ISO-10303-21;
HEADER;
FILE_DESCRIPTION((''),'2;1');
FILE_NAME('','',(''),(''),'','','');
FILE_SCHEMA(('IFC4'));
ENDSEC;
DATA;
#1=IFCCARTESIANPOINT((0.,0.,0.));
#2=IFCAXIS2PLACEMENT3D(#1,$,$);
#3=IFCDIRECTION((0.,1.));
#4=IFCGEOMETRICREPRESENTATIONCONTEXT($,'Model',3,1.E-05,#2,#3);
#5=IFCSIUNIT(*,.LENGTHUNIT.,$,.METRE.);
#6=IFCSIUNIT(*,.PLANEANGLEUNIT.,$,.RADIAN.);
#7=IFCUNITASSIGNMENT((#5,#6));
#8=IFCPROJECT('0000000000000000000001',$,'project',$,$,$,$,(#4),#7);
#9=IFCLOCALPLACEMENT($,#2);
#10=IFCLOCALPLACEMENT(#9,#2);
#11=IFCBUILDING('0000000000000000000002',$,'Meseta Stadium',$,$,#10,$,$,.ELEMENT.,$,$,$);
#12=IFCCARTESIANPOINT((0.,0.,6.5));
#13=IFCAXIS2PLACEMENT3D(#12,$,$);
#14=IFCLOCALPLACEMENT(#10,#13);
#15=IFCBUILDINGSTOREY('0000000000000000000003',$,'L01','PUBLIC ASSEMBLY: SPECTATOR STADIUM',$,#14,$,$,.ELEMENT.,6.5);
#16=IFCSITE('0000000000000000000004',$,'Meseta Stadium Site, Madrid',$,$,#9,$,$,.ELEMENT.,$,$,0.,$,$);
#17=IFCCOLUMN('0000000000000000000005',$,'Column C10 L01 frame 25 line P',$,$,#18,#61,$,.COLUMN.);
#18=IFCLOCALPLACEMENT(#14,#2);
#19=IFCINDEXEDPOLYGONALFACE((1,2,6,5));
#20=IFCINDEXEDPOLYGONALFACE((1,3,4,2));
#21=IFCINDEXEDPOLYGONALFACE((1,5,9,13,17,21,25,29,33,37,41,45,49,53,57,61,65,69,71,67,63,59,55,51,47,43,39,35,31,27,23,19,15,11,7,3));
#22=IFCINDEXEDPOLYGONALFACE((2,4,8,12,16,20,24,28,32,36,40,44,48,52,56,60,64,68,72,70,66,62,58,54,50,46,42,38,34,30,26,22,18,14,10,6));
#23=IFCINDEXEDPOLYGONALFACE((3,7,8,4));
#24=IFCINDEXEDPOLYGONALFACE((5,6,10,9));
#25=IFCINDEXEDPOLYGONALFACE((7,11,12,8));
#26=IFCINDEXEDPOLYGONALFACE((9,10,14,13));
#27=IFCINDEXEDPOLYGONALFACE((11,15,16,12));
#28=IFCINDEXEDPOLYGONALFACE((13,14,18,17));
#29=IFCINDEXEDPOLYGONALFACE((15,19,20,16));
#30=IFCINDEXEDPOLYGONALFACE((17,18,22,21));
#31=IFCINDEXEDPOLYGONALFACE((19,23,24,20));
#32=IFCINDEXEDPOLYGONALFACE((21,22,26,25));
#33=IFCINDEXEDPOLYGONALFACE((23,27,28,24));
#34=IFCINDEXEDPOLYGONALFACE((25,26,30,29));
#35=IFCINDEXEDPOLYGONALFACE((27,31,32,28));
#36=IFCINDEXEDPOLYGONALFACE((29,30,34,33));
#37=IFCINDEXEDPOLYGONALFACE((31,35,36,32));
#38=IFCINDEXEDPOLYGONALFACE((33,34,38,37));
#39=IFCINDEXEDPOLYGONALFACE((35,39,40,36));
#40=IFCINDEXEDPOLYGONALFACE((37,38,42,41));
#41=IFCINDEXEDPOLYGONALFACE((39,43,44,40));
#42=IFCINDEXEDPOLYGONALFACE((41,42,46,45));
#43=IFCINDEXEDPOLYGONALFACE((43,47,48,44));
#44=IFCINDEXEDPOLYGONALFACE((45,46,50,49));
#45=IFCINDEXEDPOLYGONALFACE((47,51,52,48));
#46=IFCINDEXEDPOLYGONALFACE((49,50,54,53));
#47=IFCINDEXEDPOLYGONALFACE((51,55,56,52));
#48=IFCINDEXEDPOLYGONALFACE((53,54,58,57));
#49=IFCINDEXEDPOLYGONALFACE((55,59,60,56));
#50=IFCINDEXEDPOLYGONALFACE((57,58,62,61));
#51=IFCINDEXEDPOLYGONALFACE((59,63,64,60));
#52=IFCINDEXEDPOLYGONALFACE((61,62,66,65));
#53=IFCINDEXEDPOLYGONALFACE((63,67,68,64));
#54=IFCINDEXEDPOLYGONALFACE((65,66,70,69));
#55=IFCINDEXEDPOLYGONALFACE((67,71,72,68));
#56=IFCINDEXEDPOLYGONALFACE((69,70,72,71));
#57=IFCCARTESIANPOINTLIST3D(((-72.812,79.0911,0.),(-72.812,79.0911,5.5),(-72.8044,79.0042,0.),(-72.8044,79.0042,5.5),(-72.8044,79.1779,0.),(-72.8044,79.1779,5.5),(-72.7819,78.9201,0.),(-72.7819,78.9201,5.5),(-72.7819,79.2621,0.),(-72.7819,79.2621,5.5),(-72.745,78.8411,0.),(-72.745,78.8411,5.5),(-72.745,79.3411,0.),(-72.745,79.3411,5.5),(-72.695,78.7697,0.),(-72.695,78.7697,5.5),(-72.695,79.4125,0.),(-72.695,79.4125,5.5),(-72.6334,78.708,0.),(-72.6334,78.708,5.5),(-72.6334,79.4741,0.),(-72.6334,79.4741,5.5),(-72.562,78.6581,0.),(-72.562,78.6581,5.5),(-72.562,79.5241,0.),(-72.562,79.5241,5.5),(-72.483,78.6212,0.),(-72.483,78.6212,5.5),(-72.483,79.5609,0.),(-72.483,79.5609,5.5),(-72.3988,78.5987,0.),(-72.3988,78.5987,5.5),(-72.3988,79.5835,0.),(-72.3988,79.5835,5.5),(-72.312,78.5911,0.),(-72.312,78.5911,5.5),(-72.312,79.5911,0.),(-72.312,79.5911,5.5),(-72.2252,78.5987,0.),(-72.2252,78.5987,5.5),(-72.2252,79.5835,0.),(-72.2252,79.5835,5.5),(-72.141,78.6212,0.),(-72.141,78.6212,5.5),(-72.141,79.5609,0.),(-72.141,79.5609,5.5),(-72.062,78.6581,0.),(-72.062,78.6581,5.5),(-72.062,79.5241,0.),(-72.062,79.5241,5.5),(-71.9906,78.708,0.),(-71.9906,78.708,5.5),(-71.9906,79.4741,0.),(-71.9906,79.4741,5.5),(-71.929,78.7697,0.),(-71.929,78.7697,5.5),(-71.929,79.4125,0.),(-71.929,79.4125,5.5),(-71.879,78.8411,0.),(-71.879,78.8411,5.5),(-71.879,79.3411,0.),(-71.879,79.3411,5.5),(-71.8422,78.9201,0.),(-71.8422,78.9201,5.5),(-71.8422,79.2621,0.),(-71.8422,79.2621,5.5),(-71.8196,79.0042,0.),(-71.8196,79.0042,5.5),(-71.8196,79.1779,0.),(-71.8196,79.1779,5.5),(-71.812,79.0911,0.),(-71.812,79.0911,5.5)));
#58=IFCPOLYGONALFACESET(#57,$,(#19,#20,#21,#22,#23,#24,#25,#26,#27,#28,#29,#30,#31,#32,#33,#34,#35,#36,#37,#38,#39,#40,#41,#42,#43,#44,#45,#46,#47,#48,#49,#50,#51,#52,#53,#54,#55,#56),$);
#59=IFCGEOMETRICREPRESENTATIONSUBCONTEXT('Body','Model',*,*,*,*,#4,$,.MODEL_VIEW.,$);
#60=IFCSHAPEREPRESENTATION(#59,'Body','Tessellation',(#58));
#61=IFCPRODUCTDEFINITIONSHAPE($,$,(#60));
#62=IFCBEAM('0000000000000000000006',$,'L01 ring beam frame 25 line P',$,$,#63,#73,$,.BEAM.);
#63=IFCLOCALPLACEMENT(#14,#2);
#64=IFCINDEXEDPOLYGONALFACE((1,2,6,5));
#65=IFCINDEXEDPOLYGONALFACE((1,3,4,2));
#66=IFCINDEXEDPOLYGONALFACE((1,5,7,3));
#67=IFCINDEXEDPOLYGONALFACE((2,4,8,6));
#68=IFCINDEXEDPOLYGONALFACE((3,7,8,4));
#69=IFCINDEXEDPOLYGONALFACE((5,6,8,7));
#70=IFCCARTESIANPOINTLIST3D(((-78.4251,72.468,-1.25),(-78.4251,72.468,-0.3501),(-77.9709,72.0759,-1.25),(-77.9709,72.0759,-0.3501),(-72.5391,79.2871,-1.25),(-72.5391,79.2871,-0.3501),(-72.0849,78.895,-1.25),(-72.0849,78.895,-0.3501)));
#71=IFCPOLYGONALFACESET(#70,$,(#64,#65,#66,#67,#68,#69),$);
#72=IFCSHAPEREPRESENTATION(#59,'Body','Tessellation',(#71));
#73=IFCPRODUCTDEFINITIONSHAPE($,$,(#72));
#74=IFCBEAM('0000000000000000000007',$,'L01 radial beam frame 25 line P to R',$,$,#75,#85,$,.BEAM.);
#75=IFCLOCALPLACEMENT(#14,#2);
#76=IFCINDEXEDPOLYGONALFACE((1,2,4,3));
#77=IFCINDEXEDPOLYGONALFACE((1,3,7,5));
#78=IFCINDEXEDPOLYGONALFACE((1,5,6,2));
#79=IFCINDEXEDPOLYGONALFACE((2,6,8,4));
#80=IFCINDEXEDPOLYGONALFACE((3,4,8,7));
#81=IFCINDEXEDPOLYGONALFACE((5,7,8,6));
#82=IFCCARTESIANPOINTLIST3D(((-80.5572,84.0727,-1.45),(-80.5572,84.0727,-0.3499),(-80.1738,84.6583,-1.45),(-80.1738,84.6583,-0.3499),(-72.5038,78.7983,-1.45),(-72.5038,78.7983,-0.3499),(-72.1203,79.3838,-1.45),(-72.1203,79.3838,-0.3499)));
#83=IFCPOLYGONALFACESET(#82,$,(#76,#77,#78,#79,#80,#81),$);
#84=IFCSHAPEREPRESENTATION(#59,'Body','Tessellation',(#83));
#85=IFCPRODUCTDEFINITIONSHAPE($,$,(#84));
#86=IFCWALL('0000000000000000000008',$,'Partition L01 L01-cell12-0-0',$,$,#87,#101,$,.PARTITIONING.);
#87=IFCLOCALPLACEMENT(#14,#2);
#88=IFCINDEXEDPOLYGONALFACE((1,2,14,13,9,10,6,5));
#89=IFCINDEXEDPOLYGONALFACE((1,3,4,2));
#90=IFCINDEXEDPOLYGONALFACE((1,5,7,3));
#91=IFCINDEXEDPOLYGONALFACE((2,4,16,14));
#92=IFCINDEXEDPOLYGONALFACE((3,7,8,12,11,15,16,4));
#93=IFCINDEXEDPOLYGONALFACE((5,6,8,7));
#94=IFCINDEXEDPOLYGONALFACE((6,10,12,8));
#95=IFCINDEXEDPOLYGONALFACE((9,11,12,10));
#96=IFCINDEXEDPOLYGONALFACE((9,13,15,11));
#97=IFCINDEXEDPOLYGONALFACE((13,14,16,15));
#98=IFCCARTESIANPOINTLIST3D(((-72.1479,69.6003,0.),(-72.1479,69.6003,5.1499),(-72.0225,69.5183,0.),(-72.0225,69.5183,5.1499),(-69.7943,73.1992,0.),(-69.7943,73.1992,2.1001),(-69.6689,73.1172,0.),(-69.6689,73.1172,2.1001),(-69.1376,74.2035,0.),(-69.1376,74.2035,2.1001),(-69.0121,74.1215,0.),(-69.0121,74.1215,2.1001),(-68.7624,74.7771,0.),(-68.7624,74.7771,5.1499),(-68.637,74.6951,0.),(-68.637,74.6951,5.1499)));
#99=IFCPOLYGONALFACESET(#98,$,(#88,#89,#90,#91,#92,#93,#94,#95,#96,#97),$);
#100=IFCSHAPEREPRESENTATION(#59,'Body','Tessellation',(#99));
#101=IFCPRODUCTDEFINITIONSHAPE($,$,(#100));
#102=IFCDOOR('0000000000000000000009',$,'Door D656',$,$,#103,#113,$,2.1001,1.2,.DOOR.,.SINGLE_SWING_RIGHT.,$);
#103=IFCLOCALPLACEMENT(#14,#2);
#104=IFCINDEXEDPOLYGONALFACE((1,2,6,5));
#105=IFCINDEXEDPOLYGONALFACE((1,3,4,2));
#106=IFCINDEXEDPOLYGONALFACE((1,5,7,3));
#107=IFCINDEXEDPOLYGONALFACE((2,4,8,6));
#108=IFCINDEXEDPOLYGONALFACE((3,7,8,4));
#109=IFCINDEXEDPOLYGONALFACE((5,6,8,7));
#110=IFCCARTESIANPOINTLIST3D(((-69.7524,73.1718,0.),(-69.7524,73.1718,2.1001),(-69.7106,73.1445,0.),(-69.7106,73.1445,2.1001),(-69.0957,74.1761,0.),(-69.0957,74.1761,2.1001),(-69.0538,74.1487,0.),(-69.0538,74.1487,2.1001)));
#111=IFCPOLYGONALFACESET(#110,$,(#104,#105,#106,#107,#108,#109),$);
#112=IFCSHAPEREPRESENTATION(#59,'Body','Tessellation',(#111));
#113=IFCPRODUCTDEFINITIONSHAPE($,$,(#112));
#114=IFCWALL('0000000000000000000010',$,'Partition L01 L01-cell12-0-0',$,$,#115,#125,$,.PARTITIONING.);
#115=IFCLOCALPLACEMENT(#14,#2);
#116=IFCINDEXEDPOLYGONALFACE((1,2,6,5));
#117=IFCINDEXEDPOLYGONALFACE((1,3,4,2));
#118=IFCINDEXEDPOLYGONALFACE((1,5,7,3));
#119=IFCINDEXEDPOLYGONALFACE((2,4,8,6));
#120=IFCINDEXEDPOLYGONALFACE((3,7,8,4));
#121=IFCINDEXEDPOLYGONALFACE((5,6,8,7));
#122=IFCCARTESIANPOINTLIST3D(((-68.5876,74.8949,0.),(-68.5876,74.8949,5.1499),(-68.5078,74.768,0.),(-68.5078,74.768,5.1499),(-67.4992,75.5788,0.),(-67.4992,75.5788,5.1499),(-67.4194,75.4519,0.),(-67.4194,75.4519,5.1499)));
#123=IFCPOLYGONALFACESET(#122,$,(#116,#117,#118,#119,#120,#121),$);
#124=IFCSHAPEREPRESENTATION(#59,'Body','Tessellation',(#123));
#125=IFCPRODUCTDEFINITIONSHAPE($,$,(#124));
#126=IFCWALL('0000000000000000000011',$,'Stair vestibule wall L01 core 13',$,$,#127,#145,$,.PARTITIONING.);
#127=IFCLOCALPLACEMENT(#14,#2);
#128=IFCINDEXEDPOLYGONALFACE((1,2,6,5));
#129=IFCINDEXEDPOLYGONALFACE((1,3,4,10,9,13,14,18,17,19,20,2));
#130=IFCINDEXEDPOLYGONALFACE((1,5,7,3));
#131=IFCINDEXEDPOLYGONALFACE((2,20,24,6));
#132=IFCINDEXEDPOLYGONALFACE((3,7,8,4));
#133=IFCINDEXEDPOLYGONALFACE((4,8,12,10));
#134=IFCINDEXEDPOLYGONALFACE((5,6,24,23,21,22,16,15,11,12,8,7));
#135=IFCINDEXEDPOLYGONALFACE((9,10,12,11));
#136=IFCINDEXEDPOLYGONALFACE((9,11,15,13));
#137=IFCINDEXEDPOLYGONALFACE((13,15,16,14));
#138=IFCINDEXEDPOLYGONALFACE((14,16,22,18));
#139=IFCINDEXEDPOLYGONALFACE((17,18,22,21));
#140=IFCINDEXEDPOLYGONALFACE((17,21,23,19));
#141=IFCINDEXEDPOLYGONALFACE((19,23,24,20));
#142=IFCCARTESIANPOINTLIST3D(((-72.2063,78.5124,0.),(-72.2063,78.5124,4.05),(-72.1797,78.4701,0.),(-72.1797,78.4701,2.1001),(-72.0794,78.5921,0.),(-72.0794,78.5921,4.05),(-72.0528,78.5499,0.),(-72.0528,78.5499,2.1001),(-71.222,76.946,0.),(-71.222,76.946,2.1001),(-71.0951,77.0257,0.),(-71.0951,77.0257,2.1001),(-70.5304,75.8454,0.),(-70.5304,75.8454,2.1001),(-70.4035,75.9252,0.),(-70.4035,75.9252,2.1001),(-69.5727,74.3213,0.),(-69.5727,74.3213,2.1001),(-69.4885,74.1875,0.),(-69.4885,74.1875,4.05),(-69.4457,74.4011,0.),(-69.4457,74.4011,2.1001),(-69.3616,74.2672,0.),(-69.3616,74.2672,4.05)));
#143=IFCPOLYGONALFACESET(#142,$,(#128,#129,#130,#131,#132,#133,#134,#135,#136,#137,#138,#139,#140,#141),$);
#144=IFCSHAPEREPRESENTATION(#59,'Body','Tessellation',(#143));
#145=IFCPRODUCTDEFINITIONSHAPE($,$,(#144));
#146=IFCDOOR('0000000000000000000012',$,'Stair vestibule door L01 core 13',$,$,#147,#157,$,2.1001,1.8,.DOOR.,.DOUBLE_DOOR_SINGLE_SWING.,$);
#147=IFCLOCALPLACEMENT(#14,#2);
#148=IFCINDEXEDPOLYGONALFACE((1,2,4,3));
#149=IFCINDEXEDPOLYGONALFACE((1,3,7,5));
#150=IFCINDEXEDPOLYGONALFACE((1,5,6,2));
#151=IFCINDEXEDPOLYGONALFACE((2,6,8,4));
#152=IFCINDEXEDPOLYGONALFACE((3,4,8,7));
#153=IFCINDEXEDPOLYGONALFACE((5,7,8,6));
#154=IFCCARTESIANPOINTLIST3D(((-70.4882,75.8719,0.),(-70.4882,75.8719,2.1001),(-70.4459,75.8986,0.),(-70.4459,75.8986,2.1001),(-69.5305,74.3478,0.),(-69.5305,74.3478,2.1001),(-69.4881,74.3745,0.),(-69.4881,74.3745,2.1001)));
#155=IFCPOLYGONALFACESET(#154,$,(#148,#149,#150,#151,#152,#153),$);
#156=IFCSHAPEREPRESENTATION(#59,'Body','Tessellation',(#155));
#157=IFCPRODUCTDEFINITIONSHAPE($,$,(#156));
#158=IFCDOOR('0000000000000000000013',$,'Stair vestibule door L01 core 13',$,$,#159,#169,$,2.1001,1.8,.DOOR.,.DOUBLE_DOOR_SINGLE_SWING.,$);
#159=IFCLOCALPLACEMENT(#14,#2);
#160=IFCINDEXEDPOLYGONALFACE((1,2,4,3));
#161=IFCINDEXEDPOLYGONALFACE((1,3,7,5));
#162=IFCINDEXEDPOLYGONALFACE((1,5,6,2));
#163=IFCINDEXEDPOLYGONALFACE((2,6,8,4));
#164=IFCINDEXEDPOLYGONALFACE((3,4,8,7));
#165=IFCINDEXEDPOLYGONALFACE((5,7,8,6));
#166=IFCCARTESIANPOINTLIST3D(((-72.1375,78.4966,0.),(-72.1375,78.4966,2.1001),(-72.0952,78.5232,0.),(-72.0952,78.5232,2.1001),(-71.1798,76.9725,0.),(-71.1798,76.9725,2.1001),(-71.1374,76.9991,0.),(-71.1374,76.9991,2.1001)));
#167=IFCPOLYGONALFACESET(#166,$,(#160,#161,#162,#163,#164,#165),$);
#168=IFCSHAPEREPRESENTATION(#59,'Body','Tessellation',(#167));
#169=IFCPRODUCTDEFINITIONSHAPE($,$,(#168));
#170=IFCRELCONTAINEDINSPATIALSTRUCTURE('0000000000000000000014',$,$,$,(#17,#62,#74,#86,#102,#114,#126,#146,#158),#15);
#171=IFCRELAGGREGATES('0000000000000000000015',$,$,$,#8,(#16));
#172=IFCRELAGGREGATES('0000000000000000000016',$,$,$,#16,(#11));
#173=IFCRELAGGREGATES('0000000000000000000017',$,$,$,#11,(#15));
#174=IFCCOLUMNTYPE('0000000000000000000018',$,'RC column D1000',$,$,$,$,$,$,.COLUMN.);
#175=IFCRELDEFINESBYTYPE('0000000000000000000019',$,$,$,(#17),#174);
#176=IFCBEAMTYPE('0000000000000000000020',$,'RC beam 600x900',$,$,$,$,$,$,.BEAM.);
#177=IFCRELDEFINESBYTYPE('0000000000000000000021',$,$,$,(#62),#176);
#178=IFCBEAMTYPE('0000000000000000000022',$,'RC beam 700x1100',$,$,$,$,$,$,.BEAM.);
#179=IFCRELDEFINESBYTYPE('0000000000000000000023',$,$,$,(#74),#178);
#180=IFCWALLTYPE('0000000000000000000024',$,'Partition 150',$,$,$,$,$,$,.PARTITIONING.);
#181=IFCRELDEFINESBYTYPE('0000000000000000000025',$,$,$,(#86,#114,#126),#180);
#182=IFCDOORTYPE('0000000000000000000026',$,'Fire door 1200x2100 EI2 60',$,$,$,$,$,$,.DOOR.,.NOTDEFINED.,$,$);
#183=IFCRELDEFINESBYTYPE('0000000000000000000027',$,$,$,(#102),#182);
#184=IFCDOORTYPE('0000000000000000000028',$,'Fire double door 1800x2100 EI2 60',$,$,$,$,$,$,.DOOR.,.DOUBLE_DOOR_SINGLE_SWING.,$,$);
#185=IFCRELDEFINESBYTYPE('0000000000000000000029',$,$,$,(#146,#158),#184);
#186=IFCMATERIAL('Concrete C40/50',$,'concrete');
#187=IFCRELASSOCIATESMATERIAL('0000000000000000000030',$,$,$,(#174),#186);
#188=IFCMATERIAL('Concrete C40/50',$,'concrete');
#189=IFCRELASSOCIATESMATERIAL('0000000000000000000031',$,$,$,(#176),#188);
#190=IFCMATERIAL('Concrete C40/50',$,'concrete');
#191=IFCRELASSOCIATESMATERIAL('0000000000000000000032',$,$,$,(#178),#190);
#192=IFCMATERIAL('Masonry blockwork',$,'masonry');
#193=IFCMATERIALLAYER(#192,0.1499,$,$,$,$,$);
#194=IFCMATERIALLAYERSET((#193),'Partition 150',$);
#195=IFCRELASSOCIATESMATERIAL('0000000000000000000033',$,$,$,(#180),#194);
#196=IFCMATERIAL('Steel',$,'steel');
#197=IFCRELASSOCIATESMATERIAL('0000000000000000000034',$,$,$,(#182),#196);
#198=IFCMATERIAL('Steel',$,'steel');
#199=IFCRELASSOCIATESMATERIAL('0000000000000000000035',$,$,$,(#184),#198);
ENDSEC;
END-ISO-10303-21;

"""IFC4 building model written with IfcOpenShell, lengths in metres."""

from ifc_helpers import new_model, si_unit, direction, frame, frame_2d, origin, origin_2d, place, context, subcontext, project, spatial, rectangle, circle, extrude, material, layer, layer_set, material_profile, profile_set, type_object, element, fill, save


model = new_model("IFC4")

# Units and contexts
model_context = context("Model", 3, precision=1e-05, world=origin(), true_north=direction((0.0, 1.0)))
body_context = subcontext(model_context, "Body", "Model", "MODEL_VIEW")
ifc_project = project(units=[si_unit("LENGTHUNIT", "METRE"), si_unit("PLANEANGLEUNIT", "RADIAN")], contexts=[model_context])

# Site, building, storey
site_placement = place(None, origin())
site = spatial("IfcSite", under=ifc_project, at=site_placement, Name="Meseta Stadium Site, Madrid", CompositionType="ELEMENT", RefElevation=0.0)
building_placement = place(site_placement, origin())
building = spatial("IfcBuilding", under=site, at=building_placement, Name="Meseta Stadium", CompositionType="ELEMENT")
storey_placement = place(building_placement, frame((0.0, 0.0, 6.5)))
storey = spatial("IfcBuildingStorey", under=building, at=storey_placement, Name="L01", Description="PUBLIC ASSEMBLY: SPECTATOR STADIUM", CompositionType="ELEMENT", Elevation=6.5)

# Column
ifc_material_1 = material(Name="Concrete C40/50", Category="concrete")
ifc_material_profile_1 = material_profile(ifc_material_1, circle(Radius=0.5, at=origin_2d()), Name="RC D1000")
ifc_profile_set_1 = profile_set([ifc_material_profile_1], Name="Concrete C40/50")
column_type = type_object("IfcColumnType", Name="RC column D1000", PredefinedType="COLUMN", material=ifc_profile_set_1)
column_placement = place(storey_placement, frame((-72.312, 79.0911, 0.0), z_axis=(0.0, 0.0, 1.0), x_axis=(1.0, 0.0, 0.0)))
element("IfcColumn", 1, at=column_placement, inside=storey, type_object=column_type, Name="Column C10 L01 frame 25 line P", PredefinedType="COLUMN", context=body_context, shape_type="SweptSolid", body=[
    extrude(circle(Radius=0.5, at=origin_2d()), origin(), (0.0, 0.0, 1.0), 5.5),
])

# Beams
ifc_material_2 = material(Name="Concrete C40/50", Category="concrete")
ifc_material_profile_2 = material_profile(ifc_material_2, rectangle(XDim=0.6001, YDim=0.8999, at=origin_2d()), Name="RC 600x900")
ifc_profile_set_2 = profile_set([ifc_material_profile_2], Name="Concrete C40/50")
beam_type_1 = type_object("IfcBeamType", Name="RC beam 600x900", PredefinedType="BEAM", material=ifc_profile_set_2)
beam_1_placement = place(storey_placement, frame((-72.312, 79.0911, -0.8), z_axis=(-0.653415, -0.757, 0.0), x_axis=(0.757, -0.653415, 0.0)))
element("IfcBeam", 2, at=beam_1_placement, inside=storey, type_object=beam_type_1, Name="L01 ring beam frame 25 line P", PredefinedType="BEAM", context=body_context, shape_type="SweptSolid", body=[
    extrude(rectangle(XDim=0.6001, YDim=0.8999, at=origin_2d()), origin(), (0.0, 0.0, 1.0), 9.0081),
])
ifc_material_3 = material(Name="Concrete C40/50", Category="concrete")
ifc_material_profile_3 = material_profile(ifc_material_3, rectangle(XDim=0.7, YDim=1.1001, at=origin_2d()), Name="RC 700x1100")
ifc_profile_set_3 = profile_set([ifc_material_profile_3], Name="Concrete C40/50")
beam_type_2 = type_object("IfcBeamType", Name="RC beam 700x1100", PredefinedType="BEAM", material=ifc_profile_set_3)
beam_2_placement = place(storey_placement, frame((-72.312, 79.0911, -0.8999), z_axis=(-0.836556, 0.547881, 0.0), x_axis=(-0.547881, -0.836556, 0.0)))
element("IfcBeam", 3, at=beam_2_placement, inside=storey, type_object=beam_type_2, Name="L01 radial beam frame 25 line P to R", PredefinedType="BEAM", context=body_context, shape_type="SweptSolid", body=[
    extrude(rectangle(XDim=0.7, YDim=1.1001, at=origin_2d()), origin(), (0.0, 0.0, 1.0), 9.627),
])

# Wall, opening, door
ifc_material_4 = material(Name="Masonry blockwork", Category="masonry")
ifc_layer = layer(ifc_material_4, 0.1499)
ifc_layer_set = layer_set([ifc_layer], Name="Partition 150")
wall_type = type_object("IfcWallType", Name="Partition 150", PredefinedType="PARTITIONING", material=ifc_layer_set)
wall_1_placement = place(storey_placement, frame((-72.0852, 69.5593, 0.0), z_axis=(0.0, 0.0, 1.0), x_axis=(0.547328, 0.836918, 0.0)))
wall_1 = element("IfcWall", 4, at=wall_1_placement, inside=storey, type_object=wall_type, Name="Partition L01 L01-cell12-0-0", PredefinedType="PARTITIONING", context=body_context, shape_type="SweptSolid", body=[
    extrude(rectangle(XDim=6.1855, YDim=0.1499, at=frame_2d((3.0928, 0.0))), origin(), (0.0, 0.0, 1.0), 5.1499),
])
opening_1_placement = place(wall_1_placement, frame((4.3, 0.0, 0.0)))
opening_1 = element("IfcOpeningElement", 5, at=opening_1_placement, cuts=wall_1, PredefinedType="OPENING", context=body_context, shape_type="SweptSolid", body=[
    extrude(rectangle(XDim=1.2, YDim=2.1001, at=frame_2d((0.6001, 1.05))), frame((0.0, 0.085, 0.0), z_axis=(0.0, -1.0, 0.0), x_axis=(1.0, 0.0, 0.0)), (0.0, 0.0, 1.0), 0.1699),
])
ifc_material_5 = material(Name="Steel", Category="steel")
door_type_1 = type_object("IfcDoorType", Name="Fire door 1200x2100 EI2 60", OperationType="NOTDEFINED", PredefinedType="DOOR", material=ifc_material_5)
door_1_placement = place(opening_1_placement, origin())
door_1 = element("IfcDoor", 6, at=door_1_placement, inside=storey, type_object=door_type_1, Name="Door D656", OperationType="SINGLE_SWING_RIGHT", OverallHeight=2.1001, OverallWidth=1.2, PredefinedType="DOOR", context=body_context, shape_type="SweptSolid", body=[
    extrude(rectangle(XDim=1.2, YDim=2.1001, at=frame_2d((0.6001, 1.05))), frame((0.0, 0.0249, 0.0), z_axis=(0.0, -1.0, 0.0), x_axis=(1.0, 0.0, 0.0)), (0.0, 0.0, 1.0), 0.05),
])
fill(opening_1, door_1)

# Wall
wall_2_placement = place(storey_placement, frame((-68.5476, 74.8315, 0.0), z_axis=(0.0, 0.0, 1.0), x_axis=(0.846737, 0.532012, 0.0)))
element("IfcWall", 7, at=wall_2_placement, inside=storey, type_object=wall_type, Name="Partition L01 L01-cell12-0-0", PredefinedType="PARTITIONING", context=body_context, shape_type="SweptSolid", body=[
    extrude(rectangle(XDim=1.2854, YDim=0.1499, at=frame_2d((0.6426, 0.0))), origin(), (0.0, 0.0, 1.0), 5.1499),
])

# Wall, openings, doors
wall_3_placement = place(storey_placement, frame((-72.1428, 78.5522, 0.0), z_axis=(0.0, 0.0, 1.0), x_axis=(0.532064, -0.846704, 0.0)))
wall_3 = element("IfcWall", 8, at=wall_3_placement, inside=storey, type_object=wall_type, Name="Stair vestibule wall L01 core 13", PredefinedType="PARTITIONING", context=body_context, shape_type="SweptSolid", body=[
    extrude(rectangle(XDim=5.1079, YDim=0.1499, at=frame_2d((2.554, 0.0))), origin(), (0.0, 0.0, 1.0), 4.05),
])
opening_2_placement = place(wall_3_placement, frame((3.1499, 0.0, 0.0)))
opening_2 = element("IfcOpeningElement", 9, at=opening_2_placement, cuts=wall_3, PredefinedType="OPENING", context=body_context, shape_type="SweptSolid", body=[
    extrude(rectangle(XDim=1.8, YDim=2.1001, at=frame_2d((0.8999, 1.05))), frame((0.0, 0.085, 0.0), z_axis=(0.0, -1.0, 0.0), x_axis=(1.0, 0.0, 0.0)), (0.0, 0.0, 1.0), 0.1699),
])
opening_3_placement = place(wall_3_placement, frame((0.05, 0.0, 0.0)))
opening_3 = element("IfcOpeningElement", 10, at=opening_3_placement, cuts=wall_3, PredefinedType="OPENING", context=body_context, shape_type="SweptSolid", body=[
    extrude(rectangle(XDim=1.8, YDim=2.1001, at=frame_2d((0.8999, 1.05))), frame((0.0, 0.085, 0.0), z_axis=(0.0, -1.0, 0.0), x_axis=(1.0, 0.0, 0.0)), (0.0, 0.0, 1.0), 0.1699),
])
ifc_material_6 = material(Name="Steel", Category="steel")
door_type_2 = type_object("IfcDoorType", Name="Fire double door 1800x2100 EI2 60", OperationType="DOUBLE_DOOR_SINGLE_SWING", PredefinedType="DOOR", material=ifc_material_6)
door_2_placement = place(opening_2_placement, origin())
door_2 = element("IfcDoor", 11, at=door_2_placement, inside=storey, type_object=door_type_2, Name="Stair vestibule door L01 core 13", OperationType="DOUBLE_DOOR_SINGLE_SWING", OverallHeight=2.1001, OverallWidth=1.8, PredefinedType="DOOR", context=body_context, shape_type="SweptSolid", body=[
    extrude(rectangle(XDim=1.8, YDim=2.1001, at=frame_2d((0.8999, 1.05))), frame((0.0, 0.0249, 0.0), z_axis=(0.0, -1.0, 0.0), x_axis=(1.0, 0.0, 0.0)), (0.0, 0.0, 1.0), 0.05),
])
fill(opening_2, door_2)
door_3_placement = place(opening_3_placement, origin())
door_3 = element("IfcDoor", 12, at=door_3_placement, inside=storey, type_object=door_type_2, Name="Stair vestibule door L01 core 13", OperationType="DOUBLE_DOOR_SINGLE_SWING", OverallHeight=2.1001, OverallWidth=1.8, PredefinedType="DOOR", context=body_context, shape_type="SweptSolid", body=[
    extrude(rectangle(XDim=1.8, YDim=2.1001, at=frame_2d((0.8999, 1.05))), frame((0.0, 0.0249, 0.0), z_axis=(0.0, -1.0, 0.0), x_axis=(1.0, 0.0, 0.0)), (0.0, 0.0, 1.0), 0.05),
])
fill(opening_3, door_3)

save(model, "model.ifc")
